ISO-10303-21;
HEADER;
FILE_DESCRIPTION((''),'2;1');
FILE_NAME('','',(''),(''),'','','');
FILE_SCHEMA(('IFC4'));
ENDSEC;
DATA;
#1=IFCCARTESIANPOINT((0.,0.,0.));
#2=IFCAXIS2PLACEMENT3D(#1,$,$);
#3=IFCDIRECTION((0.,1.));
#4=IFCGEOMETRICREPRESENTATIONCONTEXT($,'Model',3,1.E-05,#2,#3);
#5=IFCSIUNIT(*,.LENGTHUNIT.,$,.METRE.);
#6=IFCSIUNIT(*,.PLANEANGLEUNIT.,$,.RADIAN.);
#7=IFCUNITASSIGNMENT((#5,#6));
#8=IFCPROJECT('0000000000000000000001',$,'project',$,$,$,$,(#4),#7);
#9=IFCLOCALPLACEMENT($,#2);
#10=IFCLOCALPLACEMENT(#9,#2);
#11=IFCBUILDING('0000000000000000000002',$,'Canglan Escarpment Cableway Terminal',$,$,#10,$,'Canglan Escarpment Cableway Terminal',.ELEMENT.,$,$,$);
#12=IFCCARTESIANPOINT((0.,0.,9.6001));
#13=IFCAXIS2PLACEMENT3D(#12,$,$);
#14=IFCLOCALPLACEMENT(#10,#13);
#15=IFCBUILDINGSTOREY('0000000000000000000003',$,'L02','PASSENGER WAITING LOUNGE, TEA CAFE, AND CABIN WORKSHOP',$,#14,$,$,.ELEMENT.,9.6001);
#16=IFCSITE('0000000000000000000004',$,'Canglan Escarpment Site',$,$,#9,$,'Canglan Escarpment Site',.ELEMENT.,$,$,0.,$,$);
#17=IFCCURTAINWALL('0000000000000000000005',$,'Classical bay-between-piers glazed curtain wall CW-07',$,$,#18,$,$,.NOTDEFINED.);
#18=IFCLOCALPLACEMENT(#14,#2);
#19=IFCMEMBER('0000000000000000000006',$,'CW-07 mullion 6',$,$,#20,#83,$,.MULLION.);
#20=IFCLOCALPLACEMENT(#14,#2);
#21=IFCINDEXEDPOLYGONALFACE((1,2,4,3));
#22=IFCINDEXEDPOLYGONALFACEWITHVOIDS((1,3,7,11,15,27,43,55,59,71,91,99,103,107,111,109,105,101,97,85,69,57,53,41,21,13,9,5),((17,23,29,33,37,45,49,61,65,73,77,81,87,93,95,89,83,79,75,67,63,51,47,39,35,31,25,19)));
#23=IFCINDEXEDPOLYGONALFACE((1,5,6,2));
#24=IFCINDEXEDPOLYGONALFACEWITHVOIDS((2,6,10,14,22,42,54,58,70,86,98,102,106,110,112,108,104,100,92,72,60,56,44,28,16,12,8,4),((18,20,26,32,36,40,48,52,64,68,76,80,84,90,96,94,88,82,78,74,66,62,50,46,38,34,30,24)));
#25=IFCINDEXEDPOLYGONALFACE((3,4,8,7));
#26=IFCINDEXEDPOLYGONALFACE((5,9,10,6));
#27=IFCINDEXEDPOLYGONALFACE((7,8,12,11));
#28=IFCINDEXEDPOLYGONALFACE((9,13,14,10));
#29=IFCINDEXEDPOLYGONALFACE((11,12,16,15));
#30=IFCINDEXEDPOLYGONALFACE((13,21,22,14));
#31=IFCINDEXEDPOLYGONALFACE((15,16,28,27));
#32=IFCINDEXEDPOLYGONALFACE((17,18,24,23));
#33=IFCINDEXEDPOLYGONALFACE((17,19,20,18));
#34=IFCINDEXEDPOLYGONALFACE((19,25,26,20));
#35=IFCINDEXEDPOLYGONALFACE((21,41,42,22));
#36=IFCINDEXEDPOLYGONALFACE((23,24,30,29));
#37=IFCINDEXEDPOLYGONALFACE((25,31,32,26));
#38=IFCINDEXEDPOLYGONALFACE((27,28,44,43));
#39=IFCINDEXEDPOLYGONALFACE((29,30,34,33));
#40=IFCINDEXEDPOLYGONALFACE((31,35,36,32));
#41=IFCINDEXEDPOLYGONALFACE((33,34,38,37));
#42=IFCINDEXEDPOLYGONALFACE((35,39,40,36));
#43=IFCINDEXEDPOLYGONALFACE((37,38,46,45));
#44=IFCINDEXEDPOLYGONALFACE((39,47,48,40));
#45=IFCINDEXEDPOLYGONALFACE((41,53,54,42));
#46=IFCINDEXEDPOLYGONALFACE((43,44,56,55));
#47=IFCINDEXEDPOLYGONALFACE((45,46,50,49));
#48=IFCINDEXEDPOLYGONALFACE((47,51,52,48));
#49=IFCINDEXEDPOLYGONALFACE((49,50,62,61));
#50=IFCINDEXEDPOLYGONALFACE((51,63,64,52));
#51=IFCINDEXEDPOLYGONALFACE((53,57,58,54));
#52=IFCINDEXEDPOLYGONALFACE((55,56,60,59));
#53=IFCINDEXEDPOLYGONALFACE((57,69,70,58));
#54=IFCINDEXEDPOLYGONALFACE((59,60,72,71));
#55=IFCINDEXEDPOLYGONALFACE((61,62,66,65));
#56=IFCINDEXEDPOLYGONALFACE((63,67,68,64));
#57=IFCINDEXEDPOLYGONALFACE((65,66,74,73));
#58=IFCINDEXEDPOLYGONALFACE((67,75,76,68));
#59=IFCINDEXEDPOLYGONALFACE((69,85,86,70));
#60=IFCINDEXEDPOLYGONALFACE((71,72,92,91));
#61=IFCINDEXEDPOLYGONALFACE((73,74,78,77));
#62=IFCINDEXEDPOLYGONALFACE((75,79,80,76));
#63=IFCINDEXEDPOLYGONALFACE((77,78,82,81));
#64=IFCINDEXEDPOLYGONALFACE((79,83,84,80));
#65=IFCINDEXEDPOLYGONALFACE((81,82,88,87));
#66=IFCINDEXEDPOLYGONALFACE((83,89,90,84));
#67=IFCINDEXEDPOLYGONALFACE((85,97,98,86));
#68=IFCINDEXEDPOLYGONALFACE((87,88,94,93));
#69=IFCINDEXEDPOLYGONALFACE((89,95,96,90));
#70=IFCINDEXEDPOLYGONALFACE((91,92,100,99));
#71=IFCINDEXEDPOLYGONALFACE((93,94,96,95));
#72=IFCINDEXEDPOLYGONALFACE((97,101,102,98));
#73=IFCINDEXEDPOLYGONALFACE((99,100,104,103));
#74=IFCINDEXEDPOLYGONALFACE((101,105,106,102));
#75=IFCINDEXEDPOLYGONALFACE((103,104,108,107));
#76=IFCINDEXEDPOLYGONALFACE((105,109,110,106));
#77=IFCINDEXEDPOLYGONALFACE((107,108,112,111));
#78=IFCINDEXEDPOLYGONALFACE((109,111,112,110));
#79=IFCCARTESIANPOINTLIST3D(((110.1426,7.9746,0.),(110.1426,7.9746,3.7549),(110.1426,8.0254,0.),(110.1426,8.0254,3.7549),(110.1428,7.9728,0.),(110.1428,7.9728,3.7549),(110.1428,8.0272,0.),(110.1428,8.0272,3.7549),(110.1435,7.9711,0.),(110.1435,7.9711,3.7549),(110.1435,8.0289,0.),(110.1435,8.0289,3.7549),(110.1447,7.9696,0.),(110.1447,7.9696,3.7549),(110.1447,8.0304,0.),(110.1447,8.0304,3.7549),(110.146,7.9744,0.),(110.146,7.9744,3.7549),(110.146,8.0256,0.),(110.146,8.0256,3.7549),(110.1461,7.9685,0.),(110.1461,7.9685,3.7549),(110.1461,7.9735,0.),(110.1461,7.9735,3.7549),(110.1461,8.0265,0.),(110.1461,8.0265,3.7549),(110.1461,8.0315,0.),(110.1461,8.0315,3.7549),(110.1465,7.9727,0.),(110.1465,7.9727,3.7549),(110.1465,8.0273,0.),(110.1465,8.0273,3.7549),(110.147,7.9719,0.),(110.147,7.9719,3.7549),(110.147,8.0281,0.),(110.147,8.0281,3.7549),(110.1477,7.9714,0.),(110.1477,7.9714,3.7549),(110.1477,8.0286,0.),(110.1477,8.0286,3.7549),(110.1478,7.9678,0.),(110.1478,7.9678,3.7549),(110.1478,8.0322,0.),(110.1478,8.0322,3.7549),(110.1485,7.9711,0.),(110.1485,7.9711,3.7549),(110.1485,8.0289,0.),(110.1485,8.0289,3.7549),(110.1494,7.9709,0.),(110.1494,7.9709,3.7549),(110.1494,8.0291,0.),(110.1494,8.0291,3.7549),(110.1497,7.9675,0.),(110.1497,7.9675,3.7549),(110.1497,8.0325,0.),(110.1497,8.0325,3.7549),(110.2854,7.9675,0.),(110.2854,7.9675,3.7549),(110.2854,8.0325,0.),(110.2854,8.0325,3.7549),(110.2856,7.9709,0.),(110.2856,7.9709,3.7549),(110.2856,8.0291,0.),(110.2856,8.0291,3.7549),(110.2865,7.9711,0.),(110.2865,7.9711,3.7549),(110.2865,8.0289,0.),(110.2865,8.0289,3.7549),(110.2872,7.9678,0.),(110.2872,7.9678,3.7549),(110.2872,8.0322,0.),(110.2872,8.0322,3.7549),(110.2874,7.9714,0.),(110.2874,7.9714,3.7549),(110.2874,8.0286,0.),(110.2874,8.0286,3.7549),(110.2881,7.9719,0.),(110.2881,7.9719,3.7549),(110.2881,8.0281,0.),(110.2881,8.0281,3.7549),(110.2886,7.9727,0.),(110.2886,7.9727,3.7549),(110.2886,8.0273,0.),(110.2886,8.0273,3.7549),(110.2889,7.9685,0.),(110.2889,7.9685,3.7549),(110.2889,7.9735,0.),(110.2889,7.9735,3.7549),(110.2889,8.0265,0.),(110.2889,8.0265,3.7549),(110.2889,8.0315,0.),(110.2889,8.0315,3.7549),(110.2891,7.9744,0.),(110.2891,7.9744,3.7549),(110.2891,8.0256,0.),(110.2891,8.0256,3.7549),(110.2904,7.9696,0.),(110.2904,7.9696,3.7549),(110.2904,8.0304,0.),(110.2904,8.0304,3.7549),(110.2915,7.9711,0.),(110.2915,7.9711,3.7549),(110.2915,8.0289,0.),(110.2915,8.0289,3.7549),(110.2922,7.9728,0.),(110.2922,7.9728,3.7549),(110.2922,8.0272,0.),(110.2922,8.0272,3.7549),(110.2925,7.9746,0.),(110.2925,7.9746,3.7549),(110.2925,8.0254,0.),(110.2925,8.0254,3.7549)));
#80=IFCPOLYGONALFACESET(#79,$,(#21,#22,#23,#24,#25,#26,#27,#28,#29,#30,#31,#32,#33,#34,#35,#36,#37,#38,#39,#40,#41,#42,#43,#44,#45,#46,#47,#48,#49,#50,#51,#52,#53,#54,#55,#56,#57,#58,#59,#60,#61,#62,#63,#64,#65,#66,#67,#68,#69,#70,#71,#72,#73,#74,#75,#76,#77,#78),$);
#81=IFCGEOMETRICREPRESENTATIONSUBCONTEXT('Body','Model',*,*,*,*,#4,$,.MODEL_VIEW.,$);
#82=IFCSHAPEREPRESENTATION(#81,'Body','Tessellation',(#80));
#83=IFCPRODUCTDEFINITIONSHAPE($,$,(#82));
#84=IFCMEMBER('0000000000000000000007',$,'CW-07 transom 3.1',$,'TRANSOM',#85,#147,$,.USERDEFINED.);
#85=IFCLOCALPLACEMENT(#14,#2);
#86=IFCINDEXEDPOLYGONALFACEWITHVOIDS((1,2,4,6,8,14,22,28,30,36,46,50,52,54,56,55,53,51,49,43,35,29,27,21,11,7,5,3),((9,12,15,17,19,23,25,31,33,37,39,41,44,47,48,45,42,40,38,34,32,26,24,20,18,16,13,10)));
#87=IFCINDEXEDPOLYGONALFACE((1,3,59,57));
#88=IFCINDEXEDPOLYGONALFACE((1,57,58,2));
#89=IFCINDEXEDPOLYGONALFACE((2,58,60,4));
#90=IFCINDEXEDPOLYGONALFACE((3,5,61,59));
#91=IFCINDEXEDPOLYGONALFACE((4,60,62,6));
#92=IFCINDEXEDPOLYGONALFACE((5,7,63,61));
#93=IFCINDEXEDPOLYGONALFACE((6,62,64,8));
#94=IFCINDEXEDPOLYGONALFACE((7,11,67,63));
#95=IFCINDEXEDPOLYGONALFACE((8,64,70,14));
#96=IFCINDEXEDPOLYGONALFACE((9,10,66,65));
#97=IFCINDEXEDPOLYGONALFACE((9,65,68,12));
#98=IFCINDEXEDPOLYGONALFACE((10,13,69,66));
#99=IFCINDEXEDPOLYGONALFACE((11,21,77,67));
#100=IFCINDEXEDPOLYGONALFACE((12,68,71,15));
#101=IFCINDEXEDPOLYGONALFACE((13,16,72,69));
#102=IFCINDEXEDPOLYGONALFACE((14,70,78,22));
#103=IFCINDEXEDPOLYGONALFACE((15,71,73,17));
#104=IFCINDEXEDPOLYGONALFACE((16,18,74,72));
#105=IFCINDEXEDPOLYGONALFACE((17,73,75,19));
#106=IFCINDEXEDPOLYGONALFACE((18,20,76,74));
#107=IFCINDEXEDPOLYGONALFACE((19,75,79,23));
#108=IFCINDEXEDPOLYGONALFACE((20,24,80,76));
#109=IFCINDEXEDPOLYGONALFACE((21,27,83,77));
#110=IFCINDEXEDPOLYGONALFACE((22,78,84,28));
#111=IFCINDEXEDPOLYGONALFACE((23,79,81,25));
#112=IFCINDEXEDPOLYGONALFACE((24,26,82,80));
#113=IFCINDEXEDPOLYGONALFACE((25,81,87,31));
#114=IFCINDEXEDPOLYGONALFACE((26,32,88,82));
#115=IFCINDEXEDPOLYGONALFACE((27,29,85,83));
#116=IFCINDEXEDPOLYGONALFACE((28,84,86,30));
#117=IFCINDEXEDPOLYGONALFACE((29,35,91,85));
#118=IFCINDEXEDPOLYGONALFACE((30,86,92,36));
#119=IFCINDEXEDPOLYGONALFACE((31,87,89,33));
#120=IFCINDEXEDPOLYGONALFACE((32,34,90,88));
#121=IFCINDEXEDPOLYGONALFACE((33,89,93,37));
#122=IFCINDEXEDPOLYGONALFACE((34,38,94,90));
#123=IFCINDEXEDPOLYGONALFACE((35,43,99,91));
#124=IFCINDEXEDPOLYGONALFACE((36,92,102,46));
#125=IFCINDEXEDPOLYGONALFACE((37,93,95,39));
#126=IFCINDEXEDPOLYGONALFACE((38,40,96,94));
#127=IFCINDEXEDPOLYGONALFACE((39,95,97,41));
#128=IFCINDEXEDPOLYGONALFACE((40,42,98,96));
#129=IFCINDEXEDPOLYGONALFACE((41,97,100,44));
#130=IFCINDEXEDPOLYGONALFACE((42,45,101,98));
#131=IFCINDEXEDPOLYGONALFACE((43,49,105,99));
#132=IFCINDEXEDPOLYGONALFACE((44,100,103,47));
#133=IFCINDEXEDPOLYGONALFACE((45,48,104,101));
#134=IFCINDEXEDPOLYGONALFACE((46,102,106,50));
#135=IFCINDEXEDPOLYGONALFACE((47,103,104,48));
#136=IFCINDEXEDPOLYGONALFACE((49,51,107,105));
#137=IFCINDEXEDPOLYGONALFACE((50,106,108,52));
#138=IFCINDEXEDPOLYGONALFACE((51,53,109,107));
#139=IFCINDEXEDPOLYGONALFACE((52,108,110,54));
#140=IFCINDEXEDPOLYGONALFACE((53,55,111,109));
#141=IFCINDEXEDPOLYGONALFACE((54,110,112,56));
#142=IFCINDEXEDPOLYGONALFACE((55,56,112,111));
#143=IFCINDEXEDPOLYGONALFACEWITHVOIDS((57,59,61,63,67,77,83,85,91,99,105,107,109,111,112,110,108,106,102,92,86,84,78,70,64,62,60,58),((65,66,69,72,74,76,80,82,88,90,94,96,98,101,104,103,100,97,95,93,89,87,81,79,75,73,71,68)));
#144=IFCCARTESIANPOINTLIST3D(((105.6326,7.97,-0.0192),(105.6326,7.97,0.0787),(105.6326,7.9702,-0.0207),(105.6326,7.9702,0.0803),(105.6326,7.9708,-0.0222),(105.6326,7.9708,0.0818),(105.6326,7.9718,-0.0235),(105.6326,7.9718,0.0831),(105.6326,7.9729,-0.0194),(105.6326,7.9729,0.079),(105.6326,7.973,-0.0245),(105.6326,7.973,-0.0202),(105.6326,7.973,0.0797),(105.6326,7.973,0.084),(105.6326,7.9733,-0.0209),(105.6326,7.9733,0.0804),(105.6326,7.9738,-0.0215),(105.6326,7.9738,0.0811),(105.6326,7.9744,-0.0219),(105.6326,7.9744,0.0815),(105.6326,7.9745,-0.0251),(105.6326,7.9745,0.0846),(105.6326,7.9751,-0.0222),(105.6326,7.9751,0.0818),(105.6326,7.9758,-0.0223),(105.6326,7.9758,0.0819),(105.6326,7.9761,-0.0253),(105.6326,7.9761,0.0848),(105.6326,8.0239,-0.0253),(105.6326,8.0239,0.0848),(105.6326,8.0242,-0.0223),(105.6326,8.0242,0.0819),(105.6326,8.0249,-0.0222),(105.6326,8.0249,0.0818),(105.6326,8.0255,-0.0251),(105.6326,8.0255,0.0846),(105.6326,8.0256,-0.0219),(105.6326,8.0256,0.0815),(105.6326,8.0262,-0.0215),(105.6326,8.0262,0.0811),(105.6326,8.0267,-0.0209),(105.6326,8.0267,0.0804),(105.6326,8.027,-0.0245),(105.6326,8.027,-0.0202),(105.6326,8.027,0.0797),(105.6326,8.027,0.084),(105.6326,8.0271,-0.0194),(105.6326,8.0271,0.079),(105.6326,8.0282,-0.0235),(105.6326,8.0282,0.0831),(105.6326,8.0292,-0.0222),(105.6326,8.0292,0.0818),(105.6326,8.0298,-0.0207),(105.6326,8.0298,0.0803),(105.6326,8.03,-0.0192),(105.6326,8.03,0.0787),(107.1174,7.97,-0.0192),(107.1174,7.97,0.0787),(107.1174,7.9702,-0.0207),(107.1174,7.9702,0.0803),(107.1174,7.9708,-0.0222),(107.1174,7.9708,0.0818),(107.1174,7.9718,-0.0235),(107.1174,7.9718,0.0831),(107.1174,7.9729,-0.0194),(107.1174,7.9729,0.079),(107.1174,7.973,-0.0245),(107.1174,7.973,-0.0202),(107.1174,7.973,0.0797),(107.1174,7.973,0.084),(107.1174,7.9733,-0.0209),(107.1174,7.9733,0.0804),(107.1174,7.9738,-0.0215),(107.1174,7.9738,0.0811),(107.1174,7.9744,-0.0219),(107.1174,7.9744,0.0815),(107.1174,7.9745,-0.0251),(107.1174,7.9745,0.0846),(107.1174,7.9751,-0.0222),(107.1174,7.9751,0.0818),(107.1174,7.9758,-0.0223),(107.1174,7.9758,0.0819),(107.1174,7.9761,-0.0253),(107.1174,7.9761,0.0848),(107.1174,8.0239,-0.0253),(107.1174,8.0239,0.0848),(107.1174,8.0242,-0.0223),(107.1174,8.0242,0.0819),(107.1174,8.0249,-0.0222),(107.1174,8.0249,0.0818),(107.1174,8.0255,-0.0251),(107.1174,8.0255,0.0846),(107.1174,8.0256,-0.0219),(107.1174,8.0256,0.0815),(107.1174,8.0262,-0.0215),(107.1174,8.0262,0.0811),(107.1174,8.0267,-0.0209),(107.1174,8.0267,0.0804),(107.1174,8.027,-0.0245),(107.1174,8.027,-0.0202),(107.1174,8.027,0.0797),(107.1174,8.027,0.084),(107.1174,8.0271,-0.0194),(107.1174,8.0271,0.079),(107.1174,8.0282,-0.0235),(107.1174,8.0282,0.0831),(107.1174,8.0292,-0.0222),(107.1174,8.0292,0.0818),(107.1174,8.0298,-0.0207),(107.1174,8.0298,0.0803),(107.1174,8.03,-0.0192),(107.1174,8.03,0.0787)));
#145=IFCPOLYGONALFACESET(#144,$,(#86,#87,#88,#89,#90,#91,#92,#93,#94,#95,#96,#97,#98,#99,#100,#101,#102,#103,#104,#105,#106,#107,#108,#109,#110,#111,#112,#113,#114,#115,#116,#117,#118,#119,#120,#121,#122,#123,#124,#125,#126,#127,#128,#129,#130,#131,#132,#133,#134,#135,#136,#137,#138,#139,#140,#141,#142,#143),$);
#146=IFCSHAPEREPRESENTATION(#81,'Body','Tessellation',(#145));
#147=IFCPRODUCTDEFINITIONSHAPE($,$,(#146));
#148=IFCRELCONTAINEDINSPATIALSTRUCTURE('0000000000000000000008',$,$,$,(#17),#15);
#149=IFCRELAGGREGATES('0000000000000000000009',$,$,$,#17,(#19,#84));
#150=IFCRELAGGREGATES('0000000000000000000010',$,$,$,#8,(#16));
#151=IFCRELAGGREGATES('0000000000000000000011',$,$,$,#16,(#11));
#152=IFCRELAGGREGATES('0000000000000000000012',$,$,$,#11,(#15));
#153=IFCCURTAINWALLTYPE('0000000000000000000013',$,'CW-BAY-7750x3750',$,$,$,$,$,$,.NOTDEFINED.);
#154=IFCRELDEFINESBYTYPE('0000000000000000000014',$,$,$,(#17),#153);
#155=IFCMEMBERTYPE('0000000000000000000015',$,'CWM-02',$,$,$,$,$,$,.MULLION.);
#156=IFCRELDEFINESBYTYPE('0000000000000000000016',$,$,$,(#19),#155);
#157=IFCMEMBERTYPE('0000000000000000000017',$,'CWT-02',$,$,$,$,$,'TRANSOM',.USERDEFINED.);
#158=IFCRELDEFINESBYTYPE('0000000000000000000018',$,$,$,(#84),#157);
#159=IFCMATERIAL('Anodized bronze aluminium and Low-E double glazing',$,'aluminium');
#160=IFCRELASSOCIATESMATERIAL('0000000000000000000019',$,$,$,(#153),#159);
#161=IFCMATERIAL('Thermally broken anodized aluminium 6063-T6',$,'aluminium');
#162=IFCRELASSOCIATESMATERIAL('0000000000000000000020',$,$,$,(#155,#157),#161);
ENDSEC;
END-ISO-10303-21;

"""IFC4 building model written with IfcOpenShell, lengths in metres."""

from ifc_helpers import new_model, si_unit, direction, frame, origin, origin_2d, place, context, subcontext, project, spatial, hollow_rectangle, extrude, material, material_profile, profile_set, type_object, element, aggregate, save


model = new_model("IFC4")

# Units and contexts
model_context = context("Model", 3, precision=1e-05, world=origin(), true_north=direction((0.0, 1.0)))
body_context = subcontext(model_context, "Body", "Model", "MODEL_VIEW")
ifc_project = project(units=[si_unit("LENGTHUNIT", "METRE"), si_unit("PLANEANGLEUNIT", "RADIAN")], contexts=[model_context])

# Site, building, storey
site_placement = place(None, origin())
site = spatial("IfcSite", under=ifc_project, at=site_placement, Name="Canglan Escarpment Site", LongName="Canglan Escarpment Site", CompositionType="ELEMENT", RefElevation=0.0)
building_placement = place(site_placement, origin())
building = spatial("IfcBuilding", under=site, at=building_placement, Name="Canglan Escarpment Cableway Terminal", LongName="Canglan Escarpment Cableway Terminal", CompositionType="ELEMENT")
storey_placement = place(building_placement, frame((0.0, 0.0, 9.6001)))
storey = spatial("IfcBuildingStorey", under=building, at=storey_placement, Name="L02", Description="PASSENGER WAITING LOUNGE, TEA CAFE, AND CABIN WORKSHOP", CompositionType="ELEMENT", Elevation=9.6001)

# Curtain wall, members
ifc_material_1 = material(Name="Anodized bronze aluminium and Low-E double glazing", Category="aluminium")
curtain_wall_type = type_object("IfcCurtainWallType", Name="CW-BAY-7750x3750", PredefinedType="NOTDEFINED", material=ifc_material_1)
curtain_wall_placement = place(storey_placement, origin())
curtain_wall = element("IfcCurtainWall", 1, at=curtain_wall_placement, inside=storey, type_object=curtain_wall_type, Name="Classical bay-between-piers glazed curtain wall CW-07", PredefinedType="NOTDEFINED")
ifc_material_2 = material(Name="Thermally broken anodized aluminium 6063-T6", Category="aluminium")
ifc_material_profile_1 = material_profile(ifc_material_2, hollow_rectangle(XDim=0.0649, YDim=0.1499, WallThickness=0.0034, InnerFilletRadius=0.0034, OuterFilletRadius=0.0071, at=origin_2d()), Name="ALU-MULL 65x150x3.5")
ifc_profile_set_1 = profile_set([ifc_material_profile_1], Name="Thermally broken anodized aluminium 6063-T6")
member_type_1 = type_object("IfcMemberType", Name="CWM-02", PredefinedType="MULLION", material=ifc_profile_set_1)
member_1_placement = place(storey_placement, frame((110.2175, 8.0, 0.0), z_axis=(0.0, 0.0, 1.0), x_axis=(0.0, 1.0, 0.0)))
member_1 = element("IfcMember", 2, at=member_1_placement, type_object=member_type_1, Name="CW-07 mullion 6", PredefinedType="MULLION", context=body_context, shape_type="SweptSolid", body=[
    extrude(hollow_rectangle(XDim=0.0649, YDim=0.1499, WallThickness=0.0034, InnerFilletRadius=0.0034, OuterFilletRadius=0.0071, at=origin_2d()), origin(), (0.0, 0.0, 1.0), 3.7549),
])
ifc_material_profile_2 = material_profile(ifc_material_2, hollow_rectangle(XDim=0.0601, YDim=0.1101, WallThickness=0.0029, InnerFilletRadius=0.0029, OuterFilletRadius=0.0061, at=origin_2d()), Name="ALU-TRAN 60x110x3")
ifc_profile_set_2 = profile_set([ifc_material_profile_2], Name="Thermally broken anodized aluminium 6063-T6")
member_type_2 = type_object("IfcMemberType", Name="CWT-02", ElementType="TRANSOM", PredefinedType="USERDEFINED", material=ifc_profile_set_2)
member_2_placement = place(storey_placement, frame((105.6326, 8.0, 0.0298), z_axis=(1.0, 0.0, 0.0), x_axis=(0.0, 1.0, 0.0)))
member_2 = element("IfcMember", 3, at=member_2_placement, type_object=member_type_2, Name="CW-07 transom 3.1", ObjectType="TRANSOM", PredefinedType="USERDEFINED", context=body_context, shape_type="SweptSolid", body=[
    extrude(hollow_rectangle(XDim=0.0601, YDim=0.1101, WallThickness=0.0029, InnerFilletRadius=0.0029, OuterFilletRadius=0.0061, at=origin_2d()), origin(), (0.0, 0.0, 1.0), 1.4849),
])
aggregate(curtain_wall, [member_1, member_2])

save(model, "model.ifc")
